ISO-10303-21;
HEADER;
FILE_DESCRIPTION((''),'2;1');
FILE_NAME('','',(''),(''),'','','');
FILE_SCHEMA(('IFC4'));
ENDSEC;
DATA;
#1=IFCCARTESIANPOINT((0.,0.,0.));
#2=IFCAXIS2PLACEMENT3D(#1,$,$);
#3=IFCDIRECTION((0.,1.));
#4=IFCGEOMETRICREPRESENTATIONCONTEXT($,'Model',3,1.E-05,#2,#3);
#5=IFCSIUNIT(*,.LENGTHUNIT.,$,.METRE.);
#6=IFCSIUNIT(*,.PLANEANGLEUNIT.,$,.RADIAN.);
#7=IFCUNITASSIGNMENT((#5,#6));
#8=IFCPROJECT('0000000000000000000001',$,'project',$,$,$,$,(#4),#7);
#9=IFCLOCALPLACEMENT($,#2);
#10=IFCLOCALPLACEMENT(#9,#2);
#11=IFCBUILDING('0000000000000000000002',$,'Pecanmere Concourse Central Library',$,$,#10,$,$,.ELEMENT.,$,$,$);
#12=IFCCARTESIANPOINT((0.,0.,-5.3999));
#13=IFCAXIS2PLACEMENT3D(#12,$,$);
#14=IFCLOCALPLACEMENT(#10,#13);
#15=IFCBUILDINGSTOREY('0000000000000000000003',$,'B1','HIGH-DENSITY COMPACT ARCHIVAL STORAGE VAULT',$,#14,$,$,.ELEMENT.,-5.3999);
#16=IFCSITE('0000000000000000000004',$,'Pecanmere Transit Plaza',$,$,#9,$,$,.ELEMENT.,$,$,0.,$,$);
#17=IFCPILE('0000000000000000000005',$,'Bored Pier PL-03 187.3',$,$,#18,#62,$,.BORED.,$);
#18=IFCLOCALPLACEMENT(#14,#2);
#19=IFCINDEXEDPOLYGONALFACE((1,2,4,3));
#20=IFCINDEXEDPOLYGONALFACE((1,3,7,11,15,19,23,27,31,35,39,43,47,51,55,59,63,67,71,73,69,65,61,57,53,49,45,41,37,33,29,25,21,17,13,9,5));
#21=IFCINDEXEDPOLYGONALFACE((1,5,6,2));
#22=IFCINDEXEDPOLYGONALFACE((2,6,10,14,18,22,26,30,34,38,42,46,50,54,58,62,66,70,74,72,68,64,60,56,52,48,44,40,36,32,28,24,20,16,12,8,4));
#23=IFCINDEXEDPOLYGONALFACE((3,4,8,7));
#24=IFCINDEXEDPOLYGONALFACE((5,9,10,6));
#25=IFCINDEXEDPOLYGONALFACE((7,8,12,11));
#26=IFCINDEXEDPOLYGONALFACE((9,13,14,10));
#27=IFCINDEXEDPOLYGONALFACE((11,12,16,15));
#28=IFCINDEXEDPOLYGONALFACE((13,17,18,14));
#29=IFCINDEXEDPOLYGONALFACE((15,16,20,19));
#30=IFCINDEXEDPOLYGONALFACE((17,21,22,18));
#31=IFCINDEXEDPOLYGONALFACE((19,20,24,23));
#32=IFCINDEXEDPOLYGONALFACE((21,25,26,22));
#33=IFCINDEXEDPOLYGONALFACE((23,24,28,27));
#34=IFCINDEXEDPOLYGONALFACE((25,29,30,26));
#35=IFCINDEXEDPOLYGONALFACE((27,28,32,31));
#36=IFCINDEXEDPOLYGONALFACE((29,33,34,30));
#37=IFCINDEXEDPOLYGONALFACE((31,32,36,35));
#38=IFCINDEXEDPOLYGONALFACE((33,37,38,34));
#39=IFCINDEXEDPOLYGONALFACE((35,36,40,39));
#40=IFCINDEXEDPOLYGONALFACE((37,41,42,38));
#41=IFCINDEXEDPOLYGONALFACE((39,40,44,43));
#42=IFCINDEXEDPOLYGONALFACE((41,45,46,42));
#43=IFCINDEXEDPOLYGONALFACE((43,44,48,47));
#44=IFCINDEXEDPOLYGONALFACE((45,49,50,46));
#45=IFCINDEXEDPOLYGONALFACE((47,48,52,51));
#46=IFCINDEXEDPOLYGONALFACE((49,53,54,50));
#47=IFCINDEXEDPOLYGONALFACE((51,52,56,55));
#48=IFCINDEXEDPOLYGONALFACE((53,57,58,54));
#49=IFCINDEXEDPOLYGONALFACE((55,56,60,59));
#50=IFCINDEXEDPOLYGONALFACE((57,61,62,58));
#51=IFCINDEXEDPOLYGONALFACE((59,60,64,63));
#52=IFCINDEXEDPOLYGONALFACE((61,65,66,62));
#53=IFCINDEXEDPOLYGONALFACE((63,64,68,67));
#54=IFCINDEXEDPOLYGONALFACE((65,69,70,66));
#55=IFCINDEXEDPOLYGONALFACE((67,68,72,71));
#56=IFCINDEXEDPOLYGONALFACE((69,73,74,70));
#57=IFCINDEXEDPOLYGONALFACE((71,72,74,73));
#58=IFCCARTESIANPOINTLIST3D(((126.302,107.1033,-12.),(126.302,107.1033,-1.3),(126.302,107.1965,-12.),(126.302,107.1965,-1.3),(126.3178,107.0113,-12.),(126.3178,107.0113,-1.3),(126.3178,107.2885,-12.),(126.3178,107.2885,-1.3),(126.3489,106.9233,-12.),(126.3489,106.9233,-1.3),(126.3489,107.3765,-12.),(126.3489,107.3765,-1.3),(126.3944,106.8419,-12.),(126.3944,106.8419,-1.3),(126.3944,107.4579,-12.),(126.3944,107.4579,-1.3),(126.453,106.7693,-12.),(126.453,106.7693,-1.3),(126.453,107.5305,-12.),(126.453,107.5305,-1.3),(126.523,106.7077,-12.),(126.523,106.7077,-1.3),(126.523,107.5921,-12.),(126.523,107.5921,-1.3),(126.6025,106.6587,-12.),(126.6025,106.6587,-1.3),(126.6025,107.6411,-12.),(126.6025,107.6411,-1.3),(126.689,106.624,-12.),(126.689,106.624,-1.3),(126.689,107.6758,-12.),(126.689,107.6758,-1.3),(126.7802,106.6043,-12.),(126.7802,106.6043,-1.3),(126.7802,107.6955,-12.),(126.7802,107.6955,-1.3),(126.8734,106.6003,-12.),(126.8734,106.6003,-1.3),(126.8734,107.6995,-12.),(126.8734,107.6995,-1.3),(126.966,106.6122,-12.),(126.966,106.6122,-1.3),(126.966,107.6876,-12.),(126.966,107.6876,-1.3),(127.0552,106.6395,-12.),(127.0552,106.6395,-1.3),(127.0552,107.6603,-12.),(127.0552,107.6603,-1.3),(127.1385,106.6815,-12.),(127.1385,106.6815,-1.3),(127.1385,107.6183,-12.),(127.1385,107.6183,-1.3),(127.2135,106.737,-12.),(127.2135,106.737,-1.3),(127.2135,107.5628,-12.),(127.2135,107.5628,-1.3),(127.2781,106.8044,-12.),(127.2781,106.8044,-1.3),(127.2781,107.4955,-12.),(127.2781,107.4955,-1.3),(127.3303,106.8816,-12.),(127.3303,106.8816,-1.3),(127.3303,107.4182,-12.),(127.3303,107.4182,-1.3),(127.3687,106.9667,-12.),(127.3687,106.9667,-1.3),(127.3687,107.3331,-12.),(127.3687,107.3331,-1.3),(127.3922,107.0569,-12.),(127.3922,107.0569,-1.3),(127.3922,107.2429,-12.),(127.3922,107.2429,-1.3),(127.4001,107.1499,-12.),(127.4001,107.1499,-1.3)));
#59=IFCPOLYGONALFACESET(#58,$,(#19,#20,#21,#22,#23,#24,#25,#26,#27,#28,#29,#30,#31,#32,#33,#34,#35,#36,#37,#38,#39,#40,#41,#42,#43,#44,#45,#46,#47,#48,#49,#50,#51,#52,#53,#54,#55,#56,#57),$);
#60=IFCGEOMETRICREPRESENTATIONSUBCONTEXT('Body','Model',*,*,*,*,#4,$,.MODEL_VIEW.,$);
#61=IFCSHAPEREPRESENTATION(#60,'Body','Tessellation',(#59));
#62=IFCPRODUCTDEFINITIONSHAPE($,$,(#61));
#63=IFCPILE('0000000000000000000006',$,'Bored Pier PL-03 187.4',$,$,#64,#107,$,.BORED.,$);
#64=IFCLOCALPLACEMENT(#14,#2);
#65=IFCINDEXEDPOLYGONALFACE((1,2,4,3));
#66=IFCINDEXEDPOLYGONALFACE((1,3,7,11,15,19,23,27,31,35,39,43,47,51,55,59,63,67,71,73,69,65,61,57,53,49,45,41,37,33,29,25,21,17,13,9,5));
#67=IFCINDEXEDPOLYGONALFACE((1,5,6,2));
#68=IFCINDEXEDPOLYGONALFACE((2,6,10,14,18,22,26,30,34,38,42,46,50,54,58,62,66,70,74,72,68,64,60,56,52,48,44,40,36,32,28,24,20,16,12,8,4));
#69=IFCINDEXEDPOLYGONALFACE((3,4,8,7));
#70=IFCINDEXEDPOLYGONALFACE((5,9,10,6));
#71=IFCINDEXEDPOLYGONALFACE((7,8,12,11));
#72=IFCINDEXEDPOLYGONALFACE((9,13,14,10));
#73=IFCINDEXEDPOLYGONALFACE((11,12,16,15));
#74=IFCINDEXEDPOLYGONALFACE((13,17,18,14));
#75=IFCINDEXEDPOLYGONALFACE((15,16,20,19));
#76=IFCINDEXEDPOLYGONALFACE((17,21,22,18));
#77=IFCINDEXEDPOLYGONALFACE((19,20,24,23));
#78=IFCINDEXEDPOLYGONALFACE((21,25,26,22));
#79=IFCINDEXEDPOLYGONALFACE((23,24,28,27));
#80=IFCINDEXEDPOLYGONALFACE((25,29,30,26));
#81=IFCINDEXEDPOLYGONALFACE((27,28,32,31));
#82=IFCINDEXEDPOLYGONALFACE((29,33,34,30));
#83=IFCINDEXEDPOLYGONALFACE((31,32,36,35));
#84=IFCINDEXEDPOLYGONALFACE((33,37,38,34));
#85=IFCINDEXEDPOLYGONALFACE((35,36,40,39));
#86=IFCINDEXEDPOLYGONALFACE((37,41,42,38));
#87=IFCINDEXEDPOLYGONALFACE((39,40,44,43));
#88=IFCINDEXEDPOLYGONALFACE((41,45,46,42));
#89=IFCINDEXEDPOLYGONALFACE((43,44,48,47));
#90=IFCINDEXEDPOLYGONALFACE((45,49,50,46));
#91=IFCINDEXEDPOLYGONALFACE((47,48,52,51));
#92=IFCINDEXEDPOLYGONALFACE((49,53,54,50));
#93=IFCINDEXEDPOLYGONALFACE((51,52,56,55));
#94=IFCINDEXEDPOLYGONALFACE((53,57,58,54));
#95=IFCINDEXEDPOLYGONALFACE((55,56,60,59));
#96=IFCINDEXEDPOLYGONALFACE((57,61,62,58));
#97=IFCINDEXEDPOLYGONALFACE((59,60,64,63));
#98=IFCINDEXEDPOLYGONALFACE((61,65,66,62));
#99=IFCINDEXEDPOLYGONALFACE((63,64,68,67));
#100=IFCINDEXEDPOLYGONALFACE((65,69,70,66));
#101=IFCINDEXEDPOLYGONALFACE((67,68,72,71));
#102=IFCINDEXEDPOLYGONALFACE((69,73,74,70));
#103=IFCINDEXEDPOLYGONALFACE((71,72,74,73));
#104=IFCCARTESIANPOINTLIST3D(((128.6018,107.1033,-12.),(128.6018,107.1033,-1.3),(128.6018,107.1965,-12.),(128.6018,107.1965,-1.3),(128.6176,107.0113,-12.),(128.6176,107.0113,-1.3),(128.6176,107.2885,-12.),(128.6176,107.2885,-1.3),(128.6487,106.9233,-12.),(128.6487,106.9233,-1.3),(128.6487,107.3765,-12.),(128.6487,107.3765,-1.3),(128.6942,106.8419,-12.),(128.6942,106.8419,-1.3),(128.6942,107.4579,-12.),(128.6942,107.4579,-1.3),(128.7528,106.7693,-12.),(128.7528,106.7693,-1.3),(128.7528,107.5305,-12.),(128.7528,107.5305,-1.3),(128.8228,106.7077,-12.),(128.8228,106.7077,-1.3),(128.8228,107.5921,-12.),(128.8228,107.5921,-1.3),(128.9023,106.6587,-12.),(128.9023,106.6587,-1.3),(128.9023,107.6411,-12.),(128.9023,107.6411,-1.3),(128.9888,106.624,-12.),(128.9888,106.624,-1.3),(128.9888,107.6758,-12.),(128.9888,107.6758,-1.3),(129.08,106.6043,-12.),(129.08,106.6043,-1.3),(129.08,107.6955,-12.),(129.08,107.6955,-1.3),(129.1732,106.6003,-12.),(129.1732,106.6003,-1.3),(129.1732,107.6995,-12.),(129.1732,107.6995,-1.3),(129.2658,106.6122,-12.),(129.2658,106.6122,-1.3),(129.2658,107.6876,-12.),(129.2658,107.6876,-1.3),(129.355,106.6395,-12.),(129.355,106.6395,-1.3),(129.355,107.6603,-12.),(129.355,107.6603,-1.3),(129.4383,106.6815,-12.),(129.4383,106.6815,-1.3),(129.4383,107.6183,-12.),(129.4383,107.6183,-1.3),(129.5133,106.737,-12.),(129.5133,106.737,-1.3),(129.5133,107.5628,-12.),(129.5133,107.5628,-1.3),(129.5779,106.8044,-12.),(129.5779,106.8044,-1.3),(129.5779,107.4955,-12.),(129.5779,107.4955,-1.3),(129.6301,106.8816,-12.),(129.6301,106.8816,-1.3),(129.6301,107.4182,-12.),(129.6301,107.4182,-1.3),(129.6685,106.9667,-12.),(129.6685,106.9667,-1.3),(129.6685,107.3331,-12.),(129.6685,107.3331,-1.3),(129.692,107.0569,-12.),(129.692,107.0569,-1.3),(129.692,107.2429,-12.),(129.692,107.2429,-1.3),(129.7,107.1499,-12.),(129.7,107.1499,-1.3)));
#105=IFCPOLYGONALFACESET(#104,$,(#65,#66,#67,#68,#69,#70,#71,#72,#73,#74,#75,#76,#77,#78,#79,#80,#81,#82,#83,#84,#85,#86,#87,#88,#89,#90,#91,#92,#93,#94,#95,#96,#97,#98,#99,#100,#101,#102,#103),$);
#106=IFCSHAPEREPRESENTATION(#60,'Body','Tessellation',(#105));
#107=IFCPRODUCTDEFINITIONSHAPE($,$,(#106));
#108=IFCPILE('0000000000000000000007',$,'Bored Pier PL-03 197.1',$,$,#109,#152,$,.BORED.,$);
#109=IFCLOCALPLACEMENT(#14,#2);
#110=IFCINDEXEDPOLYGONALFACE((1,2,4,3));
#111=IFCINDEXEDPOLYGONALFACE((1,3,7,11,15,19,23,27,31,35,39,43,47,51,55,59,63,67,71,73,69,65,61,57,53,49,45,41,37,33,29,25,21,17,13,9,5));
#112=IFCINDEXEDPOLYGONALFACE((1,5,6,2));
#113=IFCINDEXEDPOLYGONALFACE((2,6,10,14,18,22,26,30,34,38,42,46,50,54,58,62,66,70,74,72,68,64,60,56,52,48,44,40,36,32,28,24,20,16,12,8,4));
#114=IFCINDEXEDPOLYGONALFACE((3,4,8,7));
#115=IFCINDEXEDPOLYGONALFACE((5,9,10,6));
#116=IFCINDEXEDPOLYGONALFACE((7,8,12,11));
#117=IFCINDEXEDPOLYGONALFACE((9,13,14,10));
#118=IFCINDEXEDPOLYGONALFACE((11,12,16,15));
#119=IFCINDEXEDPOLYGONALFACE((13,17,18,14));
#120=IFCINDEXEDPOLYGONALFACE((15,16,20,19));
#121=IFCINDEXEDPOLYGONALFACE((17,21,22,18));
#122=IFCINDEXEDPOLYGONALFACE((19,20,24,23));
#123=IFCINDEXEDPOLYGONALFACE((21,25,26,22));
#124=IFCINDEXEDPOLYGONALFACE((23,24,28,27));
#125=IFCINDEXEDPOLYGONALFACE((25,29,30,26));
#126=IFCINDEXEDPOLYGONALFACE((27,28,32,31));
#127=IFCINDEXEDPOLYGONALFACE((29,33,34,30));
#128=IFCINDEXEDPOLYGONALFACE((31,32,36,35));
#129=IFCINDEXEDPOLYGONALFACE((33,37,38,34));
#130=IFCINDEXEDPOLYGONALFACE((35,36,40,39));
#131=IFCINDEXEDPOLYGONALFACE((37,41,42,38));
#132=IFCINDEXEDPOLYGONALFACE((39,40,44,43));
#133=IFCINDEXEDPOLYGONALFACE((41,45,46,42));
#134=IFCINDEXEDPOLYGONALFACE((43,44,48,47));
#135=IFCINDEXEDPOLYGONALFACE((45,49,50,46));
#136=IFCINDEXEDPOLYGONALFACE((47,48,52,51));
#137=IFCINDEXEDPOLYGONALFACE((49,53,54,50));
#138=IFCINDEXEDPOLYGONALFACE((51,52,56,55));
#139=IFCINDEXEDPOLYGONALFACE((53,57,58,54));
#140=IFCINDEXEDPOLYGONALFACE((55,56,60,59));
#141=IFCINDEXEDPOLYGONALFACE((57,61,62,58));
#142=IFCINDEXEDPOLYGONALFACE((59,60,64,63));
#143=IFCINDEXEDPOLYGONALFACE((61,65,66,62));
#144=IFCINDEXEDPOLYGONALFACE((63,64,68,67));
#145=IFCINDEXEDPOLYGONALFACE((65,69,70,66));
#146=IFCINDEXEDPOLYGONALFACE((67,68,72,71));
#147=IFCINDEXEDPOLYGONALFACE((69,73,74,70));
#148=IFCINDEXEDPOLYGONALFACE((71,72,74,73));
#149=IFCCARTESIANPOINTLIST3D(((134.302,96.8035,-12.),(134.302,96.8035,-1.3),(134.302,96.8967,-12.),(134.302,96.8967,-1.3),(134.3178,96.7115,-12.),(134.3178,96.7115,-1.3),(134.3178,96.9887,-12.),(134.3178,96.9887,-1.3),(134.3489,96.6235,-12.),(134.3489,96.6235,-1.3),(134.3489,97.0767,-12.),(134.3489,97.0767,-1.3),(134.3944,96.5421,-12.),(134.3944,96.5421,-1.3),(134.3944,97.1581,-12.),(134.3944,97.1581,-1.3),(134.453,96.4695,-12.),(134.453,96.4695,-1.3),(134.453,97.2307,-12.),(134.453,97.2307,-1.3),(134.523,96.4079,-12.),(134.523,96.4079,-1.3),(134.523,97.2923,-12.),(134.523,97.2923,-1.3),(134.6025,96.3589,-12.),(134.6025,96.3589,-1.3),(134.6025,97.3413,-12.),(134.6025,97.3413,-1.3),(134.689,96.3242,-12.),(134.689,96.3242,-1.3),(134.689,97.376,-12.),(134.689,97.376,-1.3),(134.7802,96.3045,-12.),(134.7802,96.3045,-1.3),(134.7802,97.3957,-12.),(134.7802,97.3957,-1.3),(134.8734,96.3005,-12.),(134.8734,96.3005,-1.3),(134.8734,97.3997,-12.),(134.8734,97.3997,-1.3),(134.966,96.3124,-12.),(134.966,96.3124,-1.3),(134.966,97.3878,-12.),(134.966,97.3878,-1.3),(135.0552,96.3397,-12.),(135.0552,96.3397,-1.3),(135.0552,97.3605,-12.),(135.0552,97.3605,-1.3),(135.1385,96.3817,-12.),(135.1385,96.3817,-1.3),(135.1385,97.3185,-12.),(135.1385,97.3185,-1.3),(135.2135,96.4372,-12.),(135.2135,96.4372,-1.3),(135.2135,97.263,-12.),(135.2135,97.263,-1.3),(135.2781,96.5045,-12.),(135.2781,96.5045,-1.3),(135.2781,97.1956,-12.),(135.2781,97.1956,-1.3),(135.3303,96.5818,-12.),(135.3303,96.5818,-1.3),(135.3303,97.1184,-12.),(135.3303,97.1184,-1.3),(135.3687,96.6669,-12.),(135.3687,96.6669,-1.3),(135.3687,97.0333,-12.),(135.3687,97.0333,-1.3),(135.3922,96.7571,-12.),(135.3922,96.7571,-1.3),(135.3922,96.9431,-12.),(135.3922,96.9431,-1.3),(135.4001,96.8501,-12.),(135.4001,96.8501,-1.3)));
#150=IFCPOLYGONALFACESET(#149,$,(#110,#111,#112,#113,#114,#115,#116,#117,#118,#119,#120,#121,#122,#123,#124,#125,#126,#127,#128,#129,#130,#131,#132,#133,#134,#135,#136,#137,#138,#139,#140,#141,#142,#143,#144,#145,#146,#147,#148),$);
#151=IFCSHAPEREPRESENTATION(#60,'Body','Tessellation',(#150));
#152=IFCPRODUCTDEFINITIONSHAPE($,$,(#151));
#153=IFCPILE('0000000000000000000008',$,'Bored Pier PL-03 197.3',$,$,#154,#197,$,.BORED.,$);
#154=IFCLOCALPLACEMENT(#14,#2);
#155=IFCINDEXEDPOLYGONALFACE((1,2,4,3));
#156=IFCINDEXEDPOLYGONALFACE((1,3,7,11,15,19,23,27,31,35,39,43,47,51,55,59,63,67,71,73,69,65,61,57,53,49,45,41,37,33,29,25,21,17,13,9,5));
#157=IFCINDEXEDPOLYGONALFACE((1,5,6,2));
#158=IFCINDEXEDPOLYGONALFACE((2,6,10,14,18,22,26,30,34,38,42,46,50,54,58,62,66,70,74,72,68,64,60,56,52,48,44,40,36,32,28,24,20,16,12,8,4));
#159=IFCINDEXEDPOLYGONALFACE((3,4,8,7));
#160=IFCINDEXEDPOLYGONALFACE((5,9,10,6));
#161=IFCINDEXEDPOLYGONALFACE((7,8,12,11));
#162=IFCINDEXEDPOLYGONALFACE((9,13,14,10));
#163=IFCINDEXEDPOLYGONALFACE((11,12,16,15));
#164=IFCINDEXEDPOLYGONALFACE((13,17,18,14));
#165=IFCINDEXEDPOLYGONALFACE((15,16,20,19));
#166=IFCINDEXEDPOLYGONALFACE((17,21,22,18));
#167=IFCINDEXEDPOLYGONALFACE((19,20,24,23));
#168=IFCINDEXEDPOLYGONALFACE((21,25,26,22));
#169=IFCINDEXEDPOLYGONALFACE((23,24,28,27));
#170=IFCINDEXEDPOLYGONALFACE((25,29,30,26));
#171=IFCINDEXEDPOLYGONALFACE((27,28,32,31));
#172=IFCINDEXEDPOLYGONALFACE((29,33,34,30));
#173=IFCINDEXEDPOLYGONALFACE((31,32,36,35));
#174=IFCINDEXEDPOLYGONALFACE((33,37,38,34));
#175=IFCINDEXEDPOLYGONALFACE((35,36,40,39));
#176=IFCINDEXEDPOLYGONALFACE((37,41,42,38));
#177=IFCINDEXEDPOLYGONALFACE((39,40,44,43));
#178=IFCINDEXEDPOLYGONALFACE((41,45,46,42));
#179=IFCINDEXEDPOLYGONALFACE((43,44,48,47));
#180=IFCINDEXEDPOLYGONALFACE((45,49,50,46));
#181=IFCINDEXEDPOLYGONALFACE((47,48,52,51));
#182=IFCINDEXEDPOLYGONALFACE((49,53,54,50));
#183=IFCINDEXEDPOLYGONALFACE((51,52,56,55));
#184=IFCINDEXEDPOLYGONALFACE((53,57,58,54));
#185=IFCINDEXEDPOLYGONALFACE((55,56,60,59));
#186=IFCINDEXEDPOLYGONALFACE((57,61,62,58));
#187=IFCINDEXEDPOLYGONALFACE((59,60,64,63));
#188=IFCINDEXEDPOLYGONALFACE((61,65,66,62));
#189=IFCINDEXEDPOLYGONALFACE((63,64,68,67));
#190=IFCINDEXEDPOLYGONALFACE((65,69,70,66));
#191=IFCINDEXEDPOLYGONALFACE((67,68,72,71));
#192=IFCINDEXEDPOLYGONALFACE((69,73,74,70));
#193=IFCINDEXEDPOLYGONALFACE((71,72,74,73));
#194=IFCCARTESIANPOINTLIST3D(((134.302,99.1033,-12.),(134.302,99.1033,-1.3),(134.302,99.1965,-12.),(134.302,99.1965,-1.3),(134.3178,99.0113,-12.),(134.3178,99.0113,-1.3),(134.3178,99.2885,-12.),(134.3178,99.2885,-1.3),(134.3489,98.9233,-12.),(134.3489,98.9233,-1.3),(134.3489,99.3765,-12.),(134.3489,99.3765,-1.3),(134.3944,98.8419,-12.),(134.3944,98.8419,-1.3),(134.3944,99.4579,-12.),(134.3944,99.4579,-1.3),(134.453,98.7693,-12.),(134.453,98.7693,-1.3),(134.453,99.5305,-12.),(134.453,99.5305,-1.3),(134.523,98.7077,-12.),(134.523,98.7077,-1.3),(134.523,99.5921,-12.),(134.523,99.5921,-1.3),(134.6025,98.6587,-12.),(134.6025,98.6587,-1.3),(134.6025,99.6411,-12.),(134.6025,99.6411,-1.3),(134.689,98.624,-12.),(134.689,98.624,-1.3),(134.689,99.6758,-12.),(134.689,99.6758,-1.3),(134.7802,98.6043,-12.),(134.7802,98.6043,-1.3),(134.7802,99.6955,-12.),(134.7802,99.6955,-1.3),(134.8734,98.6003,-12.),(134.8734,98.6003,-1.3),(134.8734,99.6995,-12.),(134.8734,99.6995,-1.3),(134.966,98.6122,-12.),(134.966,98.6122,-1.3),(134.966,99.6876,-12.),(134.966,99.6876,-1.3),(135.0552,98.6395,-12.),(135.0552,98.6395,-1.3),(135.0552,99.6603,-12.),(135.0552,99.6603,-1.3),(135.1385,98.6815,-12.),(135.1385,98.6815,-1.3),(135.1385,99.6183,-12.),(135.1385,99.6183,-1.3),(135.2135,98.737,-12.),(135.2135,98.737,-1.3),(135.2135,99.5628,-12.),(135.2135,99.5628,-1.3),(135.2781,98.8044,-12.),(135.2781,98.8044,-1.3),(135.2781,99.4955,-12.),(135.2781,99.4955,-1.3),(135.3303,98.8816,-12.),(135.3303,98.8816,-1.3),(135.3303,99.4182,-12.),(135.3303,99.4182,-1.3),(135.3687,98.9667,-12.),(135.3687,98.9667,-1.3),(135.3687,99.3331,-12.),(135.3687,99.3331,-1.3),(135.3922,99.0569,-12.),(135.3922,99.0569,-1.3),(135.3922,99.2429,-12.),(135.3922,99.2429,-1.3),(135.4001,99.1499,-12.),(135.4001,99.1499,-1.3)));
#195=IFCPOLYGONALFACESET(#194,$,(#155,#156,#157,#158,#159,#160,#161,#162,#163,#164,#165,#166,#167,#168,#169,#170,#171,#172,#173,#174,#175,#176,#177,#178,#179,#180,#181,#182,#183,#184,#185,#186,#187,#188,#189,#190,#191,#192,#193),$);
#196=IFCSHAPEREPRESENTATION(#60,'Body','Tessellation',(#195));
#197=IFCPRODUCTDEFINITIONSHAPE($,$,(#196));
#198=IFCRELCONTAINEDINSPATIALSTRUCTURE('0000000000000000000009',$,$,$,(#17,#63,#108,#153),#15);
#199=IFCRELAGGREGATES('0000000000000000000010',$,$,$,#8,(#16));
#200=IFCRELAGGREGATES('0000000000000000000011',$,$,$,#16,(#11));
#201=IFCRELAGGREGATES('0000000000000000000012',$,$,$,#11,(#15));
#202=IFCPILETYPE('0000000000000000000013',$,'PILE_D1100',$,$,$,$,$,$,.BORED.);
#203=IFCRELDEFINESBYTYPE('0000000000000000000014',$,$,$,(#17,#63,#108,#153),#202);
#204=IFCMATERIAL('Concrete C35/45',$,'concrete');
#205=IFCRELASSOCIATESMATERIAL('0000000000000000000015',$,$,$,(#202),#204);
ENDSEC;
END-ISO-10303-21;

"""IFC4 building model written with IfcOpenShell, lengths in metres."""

from ifc_helpers import new_model, si_unit, direction, frame, origin, origin_2d, place, context, subcontext, project, spatial, circle, extrude, material, material_profile, profile_set, type_object, element, save


model = new_model("IFC4")

# Units and contexts
model_context = context("Model", 3, precision=1e-05, world=origin(), true_north=direction((0.0, 1.0)))
body_context = subcontext(model_context, "Body", "Model", "MODEL_VIEW")
ifc_project = project(units=[si_unit("LENGTHUNIT", "METRE"), si_unit("PLANEANGLEUNIT", "RADIAN")], contexts=[model_context])

# Site, building, storey
site_placement = place(None, origin())
site = spatial("IfcSite", under=ifc_project, at=site_placement, Name="Pecanmere Transit Plaza", CompositionType="ELEMENT", RefElevation=0.0)
building_placement = place(site_placement, origin())
building = spatial("IfcBuilding", under=site, at=building_placement, Name="Pecanmere Concourse Central Library", CompositionType="ELEMENT")
storey_placement = place(building_placement, frame((0.0, 0.0, -5.3999)))
storey = spatial("IfcBuildingStorey", under=building, at=storey_placement, Name="B1", Description="HIGH-DENSITY COMPACT ARCHIVAL STORAGE VAULT", CompositionType="ELEMENT", Elevation=-5.3999)

# Piles
ifc_material_1 = material(Name="Concrete C35/45", Category="concrete")
ifc_material_profile_1 = material_profile(ifc_material_1, circle(Radius=0.55, at=origin_2d()), Name="PIER D1100")
ifc_profile_set_1 = profile_set([ifc_material_profile_1], Name="Concrete C35/45")
pile_type_1 = type_object("IfcPileType", Name="PILE_D1100", PredefinedType="BORED", material=ifc_profile_set_1)
for number, where, z_axis, x_axis, name in (
    (1, (126.8501, 107.1499, -1.3), (0.0, 0.0, -1.0), (1.0, 0.0, 0.0), "Bored Pier PL-03 187.3"),
    (2, (129.1499, 107.1499, -1.3), (0.0, 0.0, -1.0), (1.0, 0.0, 0.0), "Bored Pier PL-03 187.4"),
    (3, (134.8501, 96.8501, -1.3), (0.0, 0.0, -1.0), (1.0, 0.0, 0.0), "Bored Pier PL-03 197.1"),
    (4, (134.8501, 99.1499, -1.3), (0.0, 0.0, -1.0), (1.0, 0.0, 0.0), "Bored Pier PL-03 197.3"),
):
    element("IfcPile", number, at=place(storey_placement, frame(where, z_axis=z_axis, x_axis=x_axis)), inside=storey, type_object=pile_type_1, Name=name, PredefinedType="BORED", context=body_context, shape_type="SweptSolid", body=[
        extrude(circle(Radius=0.55, at=origin_2d()), origin(), (0.0, 0.0, 1.0), 10.7),
    ])

save(model, "model.ifc")
